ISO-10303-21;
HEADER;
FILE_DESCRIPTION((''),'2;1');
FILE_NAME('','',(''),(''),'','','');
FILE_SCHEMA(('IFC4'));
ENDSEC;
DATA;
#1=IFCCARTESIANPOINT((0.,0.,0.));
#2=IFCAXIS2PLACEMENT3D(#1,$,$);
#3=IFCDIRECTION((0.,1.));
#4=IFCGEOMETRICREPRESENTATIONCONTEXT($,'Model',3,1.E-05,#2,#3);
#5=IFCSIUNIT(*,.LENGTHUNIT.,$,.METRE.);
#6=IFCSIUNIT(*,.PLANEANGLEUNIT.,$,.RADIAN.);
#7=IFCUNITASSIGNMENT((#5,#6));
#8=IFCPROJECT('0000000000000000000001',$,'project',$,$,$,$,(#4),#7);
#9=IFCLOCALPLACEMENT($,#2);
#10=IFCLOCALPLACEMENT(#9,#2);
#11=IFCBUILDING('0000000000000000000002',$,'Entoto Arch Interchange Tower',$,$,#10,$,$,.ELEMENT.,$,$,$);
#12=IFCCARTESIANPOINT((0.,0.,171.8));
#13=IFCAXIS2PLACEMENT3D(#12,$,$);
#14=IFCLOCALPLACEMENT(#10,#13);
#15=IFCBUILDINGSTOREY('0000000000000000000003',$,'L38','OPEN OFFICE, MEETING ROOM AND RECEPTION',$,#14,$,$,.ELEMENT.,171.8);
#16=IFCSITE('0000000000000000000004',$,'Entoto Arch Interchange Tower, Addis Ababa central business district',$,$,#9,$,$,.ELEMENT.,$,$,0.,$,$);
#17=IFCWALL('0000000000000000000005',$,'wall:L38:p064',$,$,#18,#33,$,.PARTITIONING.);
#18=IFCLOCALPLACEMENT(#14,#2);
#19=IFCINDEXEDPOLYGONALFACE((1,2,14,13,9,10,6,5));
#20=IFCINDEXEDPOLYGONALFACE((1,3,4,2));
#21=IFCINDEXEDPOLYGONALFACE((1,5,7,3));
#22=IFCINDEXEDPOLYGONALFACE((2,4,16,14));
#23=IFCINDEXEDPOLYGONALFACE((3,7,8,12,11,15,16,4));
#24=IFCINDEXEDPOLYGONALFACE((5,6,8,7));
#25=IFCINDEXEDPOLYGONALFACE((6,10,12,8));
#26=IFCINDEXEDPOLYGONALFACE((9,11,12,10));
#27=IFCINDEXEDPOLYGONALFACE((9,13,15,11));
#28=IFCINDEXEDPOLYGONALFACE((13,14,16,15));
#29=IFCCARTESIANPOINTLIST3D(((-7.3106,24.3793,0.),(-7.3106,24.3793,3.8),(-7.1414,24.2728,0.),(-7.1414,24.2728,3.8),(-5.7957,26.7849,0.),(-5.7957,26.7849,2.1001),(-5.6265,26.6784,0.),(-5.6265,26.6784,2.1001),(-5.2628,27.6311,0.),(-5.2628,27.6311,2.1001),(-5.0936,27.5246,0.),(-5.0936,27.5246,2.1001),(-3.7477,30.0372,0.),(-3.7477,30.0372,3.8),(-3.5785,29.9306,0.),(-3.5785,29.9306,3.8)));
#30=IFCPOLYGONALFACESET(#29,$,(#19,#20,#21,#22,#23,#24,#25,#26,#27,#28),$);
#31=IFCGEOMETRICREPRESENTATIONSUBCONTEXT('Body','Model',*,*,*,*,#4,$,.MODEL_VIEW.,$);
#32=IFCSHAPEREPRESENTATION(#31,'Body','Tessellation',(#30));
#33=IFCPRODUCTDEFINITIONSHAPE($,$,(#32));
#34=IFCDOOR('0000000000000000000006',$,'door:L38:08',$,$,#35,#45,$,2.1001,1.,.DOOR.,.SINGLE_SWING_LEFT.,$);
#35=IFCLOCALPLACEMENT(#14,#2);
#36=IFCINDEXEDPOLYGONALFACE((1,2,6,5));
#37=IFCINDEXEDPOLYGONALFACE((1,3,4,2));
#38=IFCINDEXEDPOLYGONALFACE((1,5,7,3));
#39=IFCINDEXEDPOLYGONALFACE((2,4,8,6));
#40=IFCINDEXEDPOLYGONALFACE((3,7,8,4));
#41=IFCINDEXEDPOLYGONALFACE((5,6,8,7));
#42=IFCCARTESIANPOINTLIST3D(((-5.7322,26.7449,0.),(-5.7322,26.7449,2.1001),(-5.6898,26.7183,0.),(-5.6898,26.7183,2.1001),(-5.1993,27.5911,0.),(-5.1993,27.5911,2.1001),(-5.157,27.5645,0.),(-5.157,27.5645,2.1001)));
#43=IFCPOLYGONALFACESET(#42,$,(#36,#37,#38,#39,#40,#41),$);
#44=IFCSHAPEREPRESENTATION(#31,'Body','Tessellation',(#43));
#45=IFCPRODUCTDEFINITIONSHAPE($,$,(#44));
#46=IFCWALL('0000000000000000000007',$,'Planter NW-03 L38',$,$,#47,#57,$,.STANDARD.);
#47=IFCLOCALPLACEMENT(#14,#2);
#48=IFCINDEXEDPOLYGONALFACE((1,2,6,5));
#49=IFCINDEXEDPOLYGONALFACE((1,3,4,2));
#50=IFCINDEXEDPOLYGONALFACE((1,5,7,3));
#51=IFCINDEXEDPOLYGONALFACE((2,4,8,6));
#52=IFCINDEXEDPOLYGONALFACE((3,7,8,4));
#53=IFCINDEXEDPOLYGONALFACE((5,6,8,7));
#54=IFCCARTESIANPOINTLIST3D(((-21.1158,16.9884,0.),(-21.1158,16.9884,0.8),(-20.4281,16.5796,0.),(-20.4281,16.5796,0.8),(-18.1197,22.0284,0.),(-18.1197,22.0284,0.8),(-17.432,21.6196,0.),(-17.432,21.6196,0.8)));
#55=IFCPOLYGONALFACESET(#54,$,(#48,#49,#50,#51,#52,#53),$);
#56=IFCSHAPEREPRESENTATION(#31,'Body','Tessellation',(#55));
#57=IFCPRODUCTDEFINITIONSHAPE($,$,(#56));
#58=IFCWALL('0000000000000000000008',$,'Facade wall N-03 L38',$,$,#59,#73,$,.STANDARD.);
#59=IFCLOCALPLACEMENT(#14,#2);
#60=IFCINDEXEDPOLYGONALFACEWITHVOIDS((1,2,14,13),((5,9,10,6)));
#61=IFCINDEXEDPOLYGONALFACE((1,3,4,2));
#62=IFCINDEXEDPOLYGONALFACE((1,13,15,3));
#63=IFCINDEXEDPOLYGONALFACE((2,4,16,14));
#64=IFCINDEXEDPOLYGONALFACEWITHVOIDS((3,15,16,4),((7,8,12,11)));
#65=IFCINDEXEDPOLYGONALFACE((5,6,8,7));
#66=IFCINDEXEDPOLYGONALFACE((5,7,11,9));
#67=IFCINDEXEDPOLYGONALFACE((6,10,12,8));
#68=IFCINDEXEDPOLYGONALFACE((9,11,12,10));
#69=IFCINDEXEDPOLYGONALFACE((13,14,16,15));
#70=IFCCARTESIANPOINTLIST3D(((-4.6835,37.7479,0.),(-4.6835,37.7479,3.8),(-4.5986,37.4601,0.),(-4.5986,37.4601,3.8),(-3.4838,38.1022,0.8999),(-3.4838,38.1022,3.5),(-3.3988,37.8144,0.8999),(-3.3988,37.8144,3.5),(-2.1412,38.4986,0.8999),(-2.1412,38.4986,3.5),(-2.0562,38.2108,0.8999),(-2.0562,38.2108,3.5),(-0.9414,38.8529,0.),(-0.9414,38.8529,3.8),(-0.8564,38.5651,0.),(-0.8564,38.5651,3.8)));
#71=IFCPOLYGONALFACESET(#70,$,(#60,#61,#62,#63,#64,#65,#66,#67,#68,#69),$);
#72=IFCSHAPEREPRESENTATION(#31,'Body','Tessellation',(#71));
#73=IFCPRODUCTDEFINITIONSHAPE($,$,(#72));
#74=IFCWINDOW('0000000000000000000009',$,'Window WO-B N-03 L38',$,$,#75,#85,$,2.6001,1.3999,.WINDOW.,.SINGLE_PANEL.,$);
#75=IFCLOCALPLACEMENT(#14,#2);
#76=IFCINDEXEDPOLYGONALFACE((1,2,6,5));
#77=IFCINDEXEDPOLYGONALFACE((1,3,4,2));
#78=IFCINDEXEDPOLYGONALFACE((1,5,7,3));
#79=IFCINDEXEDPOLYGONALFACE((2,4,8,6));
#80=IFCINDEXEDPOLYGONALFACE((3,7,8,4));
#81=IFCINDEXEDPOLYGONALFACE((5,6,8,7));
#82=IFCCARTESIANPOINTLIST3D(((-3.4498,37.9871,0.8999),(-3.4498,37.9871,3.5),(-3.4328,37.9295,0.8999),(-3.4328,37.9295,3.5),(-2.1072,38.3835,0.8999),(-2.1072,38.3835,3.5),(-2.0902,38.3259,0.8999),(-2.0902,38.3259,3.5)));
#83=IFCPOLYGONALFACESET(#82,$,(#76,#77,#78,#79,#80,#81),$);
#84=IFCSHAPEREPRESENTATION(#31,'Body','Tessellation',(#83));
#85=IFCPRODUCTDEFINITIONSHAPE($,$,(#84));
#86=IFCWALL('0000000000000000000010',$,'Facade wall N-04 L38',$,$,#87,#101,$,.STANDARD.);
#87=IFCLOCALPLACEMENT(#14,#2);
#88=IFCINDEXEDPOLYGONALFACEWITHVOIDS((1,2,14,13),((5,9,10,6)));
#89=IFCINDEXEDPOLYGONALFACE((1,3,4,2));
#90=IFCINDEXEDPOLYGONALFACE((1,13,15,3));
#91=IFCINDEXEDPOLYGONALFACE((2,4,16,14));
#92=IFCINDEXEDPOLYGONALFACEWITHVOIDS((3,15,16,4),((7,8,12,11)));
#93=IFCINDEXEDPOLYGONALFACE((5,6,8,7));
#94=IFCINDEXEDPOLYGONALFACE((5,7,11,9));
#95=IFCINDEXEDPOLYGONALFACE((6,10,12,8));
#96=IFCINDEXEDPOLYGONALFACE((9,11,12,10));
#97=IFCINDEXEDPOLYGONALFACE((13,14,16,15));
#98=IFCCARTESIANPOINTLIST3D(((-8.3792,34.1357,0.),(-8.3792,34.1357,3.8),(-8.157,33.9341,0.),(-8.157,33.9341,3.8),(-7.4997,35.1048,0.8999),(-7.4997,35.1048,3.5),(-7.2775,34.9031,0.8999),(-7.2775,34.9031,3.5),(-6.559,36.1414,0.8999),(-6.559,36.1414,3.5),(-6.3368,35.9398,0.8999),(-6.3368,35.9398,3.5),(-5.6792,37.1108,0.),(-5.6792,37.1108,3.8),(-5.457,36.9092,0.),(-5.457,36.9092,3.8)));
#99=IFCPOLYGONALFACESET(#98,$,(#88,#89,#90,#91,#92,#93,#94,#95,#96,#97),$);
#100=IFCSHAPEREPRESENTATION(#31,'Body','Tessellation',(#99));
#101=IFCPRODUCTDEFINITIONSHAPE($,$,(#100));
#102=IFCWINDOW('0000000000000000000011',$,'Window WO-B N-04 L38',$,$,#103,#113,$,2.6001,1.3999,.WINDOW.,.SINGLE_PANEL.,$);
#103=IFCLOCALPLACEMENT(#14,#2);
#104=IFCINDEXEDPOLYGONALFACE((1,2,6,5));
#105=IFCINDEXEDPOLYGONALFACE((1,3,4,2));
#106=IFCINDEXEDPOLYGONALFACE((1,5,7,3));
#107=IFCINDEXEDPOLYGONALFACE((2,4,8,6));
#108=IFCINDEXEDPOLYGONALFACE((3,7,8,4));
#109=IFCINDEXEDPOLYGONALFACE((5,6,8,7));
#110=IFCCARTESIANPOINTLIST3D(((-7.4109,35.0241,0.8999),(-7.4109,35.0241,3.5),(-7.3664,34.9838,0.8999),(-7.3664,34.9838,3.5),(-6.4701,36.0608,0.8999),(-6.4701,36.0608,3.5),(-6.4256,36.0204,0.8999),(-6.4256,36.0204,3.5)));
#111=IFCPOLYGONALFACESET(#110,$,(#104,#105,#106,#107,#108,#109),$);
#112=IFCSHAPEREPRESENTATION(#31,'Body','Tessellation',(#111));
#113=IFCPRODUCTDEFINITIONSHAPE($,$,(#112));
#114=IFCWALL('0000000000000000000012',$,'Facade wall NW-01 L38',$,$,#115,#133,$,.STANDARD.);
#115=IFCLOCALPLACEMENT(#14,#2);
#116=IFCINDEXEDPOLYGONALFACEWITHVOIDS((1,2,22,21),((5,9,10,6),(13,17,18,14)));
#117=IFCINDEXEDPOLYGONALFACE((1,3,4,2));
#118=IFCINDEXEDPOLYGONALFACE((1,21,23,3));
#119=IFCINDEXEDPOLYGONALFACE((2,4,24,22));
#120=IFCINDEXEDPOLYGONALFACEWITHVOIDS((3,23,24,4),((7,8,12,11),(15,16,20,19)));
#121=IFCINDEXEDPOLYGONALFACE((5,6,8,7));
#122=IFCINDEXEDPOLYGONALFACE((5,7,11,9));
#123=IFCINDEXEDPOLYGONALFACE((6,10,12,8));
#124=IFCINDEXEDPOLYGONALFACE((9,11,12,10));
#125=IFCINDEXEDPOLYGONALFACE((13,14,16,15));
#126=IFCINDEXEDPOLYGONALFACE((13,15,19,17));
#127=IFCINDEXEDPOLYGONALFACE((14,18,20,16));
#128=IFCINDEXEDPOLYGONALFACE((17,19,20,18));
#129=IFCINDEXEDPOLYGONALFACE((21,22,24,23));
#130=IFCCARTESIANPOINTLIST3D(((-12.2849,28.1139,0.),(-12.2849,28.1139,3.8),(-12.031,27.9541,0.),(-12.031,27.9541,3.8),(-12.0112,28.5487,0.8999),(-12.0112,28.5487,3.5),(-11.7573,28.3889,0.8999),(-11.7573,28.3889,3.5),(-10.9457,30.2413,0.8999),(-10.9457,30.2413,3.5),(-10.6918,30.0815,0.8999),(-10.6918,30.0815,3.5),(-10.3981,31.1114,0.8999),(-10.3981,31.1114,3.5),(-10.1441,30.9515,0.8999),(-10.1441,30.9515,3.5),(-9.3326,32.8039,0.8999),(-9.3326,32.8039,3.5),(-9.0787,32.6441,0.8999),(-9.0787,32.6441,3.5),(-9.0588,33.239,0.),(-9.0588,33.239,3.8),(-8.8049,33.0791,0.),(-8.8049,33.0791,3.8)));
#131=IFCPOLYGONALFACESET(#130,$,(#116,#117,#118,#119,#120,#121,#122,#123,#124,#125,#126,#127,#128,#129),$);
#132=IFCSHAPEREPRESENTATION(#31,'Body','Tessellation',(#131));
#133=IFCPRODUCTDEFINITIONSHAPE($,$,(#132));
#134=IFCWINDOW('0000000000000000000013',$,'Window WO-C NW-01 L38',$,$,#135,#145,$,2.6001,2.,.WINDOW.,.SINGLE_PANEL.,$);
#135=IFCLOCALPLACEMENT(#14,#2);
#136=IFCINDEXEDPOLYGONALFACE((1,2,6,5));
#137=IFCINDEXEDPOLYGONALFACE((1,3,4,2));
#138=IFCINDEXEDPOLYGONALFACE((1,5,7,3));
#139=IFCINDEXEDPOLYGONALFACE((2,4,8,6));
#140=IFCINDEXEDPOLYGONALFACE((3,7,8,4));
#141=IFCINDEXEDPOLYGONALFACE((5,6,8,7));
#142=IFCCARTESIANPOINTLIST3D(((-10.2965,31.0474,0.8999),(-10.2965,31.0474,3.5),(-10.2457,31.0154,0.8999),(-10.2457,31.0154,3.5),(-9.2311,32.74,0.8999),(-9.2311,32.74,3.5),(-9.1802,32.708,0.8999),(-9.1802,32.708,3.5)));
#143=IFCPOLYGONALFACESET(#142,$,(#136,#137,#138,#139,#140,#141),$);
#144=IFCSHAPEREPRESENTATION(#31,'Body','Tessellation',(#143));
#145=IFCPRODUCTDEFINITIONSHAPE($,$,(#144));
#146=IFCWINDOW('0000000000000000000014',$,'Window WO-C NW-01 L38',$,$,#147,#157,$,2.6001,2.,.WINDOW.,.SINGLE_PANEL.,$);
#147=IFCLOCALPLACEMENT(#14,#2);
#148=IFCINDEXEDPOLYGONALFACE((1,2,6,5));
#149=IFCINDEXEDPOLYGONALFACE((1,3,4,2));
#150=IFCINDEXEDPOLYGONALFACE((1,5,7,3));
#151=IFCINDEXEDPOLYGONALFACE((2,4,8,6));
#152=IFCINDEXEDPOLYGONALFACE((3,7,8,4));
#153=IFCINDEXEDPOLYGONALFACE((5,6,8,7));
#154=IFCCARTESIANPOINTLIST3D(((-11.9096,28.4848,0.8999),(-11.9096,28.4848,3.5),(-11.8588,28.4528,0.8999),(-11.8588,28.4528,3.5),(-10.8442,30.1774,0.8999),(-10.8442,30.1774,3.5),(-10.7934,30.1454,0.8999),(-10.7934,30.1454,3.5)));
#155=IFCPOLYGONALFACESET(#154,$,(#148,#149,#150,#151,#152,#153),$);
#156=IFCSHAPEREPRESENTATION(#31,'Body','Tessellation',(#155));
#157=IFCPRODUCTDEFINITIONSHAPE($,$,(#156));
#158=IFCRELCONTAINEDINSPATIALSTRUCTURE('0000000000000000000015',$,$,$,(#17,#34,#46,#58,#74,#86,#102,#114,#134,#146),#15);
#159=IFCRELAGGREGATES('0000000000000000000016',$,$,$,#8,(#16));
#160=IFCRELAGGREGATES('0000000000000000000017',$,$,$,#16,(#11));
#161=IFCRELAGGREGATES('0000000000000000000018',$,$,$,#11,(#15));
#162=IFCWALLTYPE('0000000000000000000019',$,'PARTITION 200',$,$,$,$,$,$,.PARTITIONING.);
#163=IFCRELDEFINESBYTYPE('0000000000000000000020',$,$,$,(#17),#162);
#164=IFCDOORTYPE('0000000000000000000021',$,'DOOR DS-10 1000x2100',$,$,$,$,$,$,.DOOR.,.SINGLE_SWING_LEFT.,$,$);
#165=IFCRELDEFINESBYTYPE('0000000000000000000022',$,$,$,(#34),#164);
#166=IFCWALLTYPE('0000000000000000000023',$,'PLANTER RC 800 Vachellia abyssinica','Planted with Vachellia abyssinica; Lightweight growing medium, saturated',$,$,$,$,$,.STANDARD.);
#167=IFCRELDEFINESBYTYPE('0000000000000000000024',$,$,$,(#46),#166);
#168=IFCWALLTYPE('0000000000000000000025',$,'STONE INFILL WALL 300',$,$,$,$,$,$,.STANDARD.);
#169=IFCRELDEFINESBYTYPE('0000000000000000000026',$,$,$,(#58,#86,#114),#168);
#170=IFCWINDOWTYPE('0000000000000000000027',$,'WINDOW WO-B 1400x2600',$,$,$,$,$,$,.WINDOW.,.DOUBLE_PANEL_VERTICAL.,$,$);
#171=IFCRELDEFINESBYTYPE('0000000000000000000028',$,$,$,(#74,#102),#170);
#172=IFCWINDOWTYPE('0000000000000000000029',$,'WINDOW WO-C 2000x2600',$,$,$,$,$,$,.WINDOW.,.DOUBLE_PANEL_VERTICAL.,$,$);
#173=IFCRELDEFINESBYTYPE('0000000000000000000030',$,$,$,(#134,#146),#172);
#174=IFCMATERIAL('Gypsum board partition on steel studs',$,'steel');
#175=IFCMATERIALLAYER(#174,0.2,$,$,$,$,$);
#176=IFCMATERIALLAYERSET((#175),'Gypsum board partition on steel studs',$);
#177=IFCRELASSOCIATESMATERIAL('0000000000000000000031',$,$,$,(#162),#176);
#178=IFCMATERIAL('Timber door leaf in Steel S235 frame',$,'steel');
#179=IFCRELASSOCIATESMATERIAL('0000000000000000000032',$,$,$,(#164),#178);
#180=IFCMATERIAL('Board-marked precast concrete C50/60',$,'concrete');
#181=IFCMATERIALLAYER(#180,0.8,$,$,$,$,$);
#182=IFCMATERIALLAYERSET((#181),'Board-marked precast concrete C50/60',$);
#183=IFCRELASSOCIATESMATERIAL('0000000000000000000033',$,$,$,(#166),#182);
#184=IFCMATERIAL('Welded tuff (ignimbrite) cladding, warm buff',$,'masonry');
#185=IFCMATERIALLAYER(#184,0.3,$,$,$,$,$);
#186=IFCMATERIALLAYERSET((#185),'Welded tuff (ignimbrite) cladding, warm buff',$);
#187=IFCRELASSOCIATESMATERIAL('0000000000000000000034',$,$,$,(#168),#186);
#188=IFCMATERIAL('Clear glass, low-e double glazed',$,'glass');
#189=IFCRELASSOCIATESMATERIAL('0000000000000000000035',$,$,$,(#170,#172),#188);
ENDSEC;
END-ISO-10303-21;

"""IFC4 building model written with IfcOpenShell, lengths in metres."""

from ifc_helpers import new_model, si_unit, direction, frame, frame_2d, origin, place, context, subcontext, project, spatial, rectangle, extrude, material, layer, layer_set, type_object, element, fill, save


model = new_model("IFC4")

# Units and contexts
model_context = context("Model", 3, precision=1e-05, world=origin(), true_north=direction((0.0, 1.0)))
body_context = subcontext(model_context, "Body", "Model", "MODEL_VIEW")
ifc_project = project(units=[si_unit("LENGTHUNIT", "METRE"), si_unit("PLANEANGLEUNIT", "RADIAN")], contexts=[model_context])

# Site, building, storey
site_placement = place(None, origin())
site = spatial("IfcSite", under=ifc_project, at=site_placement, Name="Entoto Arch Interchange Tower, Addis Ababa central business district", CompositionType="ELEMENT", RefElevation=0.0)
building_placement = place(site_placement, origin())
building = spatial("IfcBuilding", under=site, at=building_placement, Name="Entoto Arch Interchange Tower", CompositionType="ELEMENT")
storey_placement = place(building_placement, frame((0.0, 0.0, 171.8)))
storey = spatial("IfcBuildingStorey", under=building, at=storey_placement, Name="L38", Description="OPEN OFFICE, MEETING ROOM AND RECEPTION", CompositionType="ELEMENT", Elevation=171.8)

# Shared definitions
ifc_material_1 = material(Name="Gypsum board partition on steel studs", Category="steel")
ifc_layer_1 = layer(ifc_material_1, 0.2)
ifc_layer_set_1 = layer_set([ifc_layer_1], Name="Gypsum board partition on steel studs")
wall_type_1 = type_object("IfcWallType", Name="PARTITION 200", PredefinedType="PARTITIONING", material=ifc_layer_set_1)

# Wall, opening, door
wall_1_placement = place(storey_placement, frame((-7.2261, 24.3259, 0.0), z_axis=(0.0, 0.0, 1.0), x_axis=(0.532874, 0.846194, 0.0)))
wall_1 = element("IfcWall", 1, at=wall_1_placement, inside=storey, type_object=wall_type_1, Name="wall:L38:p064", PredefinedType="PARTITIONING", context=body_context, shape_type="SweptSolid", body=[
    extrude(rectangle(XDim=6.6863, YDim=0.2, at=frame_2d((3.3433, 0.0))), origin(), (0.0, 0.0, 1.0), 3.8),
])
opening_1_placement = place(wall_1_placement, frame((2.843, 0.0, 0.0)))
opening_1 = element("IfcOpeningElement", 2, at=opening_1_placement, cuts=wall_1, PredefinedType="OPENING", context=body_context, shape_type="SweptSolid", body=[
    extrude(rectangle(XDim=1.0, YDim=2.1001, at=frame_2d((0.5, 1.05))), frame((0.0, 0.1099, 0.0), z_axis=(0.0, -1.0, 0.0), x_axis=(1.0, 0.0, 0.0)), (0.0, 0.0, 1.0), 0.22),
])
ifc_material_2 = material(Name="Timber door leaf in Steel S235 frame", Category="steel")
door_type = type_object("IfcDoorType", Name="DOOR DS-10 1000x2100", OperationType="SINGLE_SWING_LEFT", PredefinedType="DOOR", material=ifc_material_2)
door_placement = place(opening_1_placement, origin())
door = element("IfcDoor", 3, at=door_placement, inside=storey, type_object=door_type, Name="door:L38:08", OperationType="SINGLE_SWING_LEFT", OverallHeight=2.1001, OverallWidth=1.0, PredefinedType="DOOR", context=body_context, shape_type="SweptSolid", body=[
    extrude(rectangle(XDim=1.0, YDim=2.1001, at=frame_2d((0.5, 1.05))), frame((0.0, 0.0249, 0.0), z_axis=(0.0, -1.0, 0.0), x_axis=(1.0, 0.0, 0.0)), (0.0, 0.0, 1.0), 0.05),
])
fill(opening_1, door)

# Wall
ifc_material_3 = material(Name="Board-marked precast concrete C50/60", Category="concrete")
ifc_layer_2 = layer(ifc_material_3, 0.8)
ifc_layer_set_2 = layer_set([ifc_layer_2], Name="Board-marked precast concrete C50/60")
wall_type_2 = type_object("IfcWallType", Name="PLANTER RC 800 Vachellia abyssinica", Description="Planted with Vachellia abyssinica; Lightweight growing medium, saturated", PredefinedType="STANDARD", material=ifc_layer_set_2)
wall_2_placement = place(storey_placement, frame((-17.7759, 21.824, 0.0), z_axis=(0.0, 0.0, 1.0), x_axis=(-0.510989, -0.859587, 0.0)))
element("IfcWall", 4, at=wall_2_placement, inside=storey, type_object=wall_type_2, Name="Planter NW-03 L38", PredefinedType="STANDARD", context=body_context, shape_type="SweptSolid", body=[
    extrude(rectangle(XDim=5.8633, YDim=0.8, at=frame_2d((2.9316, 0.0))), origin(), (0.0, 0.0, 1.0), 0.8),
])

# Walls, openings, windows
ifc_material_4 = material(Name="Welded tuff (ignimbrite) cladding, warm buff", Category="masonry")
ifc_layer_3 = layer(ifc_material_4, 0.3)
ifc_layer_set_3 = layer_set([ifc_layer_3], Name="Welded tuff (ignimbrite) cladding, warm buff")
wall_type_3 = type_object("IfcWallType", Name="STONE INFILL WALL 300", PredefinedType="STANDARD", material=ifc_layer_set_3)
wall_3_placement = place(storey_placement, frame((-0.8989, 38.709, 0.0), z_axis=(0.0, 0.0, 1.0), x_axis=(-0.959064, -0.283189, 0.0)))
wall_3 = element("IfcWall", 5, at=wall_3_placement, inside=storey, type_object=wall_type_3, Name="Facade wall N-03 L38", PredefinedType="STANDARD", context=body_context, shape_type="SweptSolid", body=[
    extrude(rectangle(XDim=3.9019, YDim=0.3, at=frame_2d((1.9509, 0.0))), origin(), (0.0, 0.0, 1.0), 3.8),
])
opening_2_placement = place(wall_3_placement, frame((1.251, 0.0, 0.8999)))
opening_2 = element("IfcOpeningElement", 6, at=opening_2_placement, cuts=wall_3, PredefinedType="OPENING", context=body_context, shape_type="SweptSolid", body=[
    extrude(rectangle(XDim=1.3999, YDim=2.6001, at=frame_2d((0.7, 1.3))), frame((0.0, 0.1602, 0.0), z_axis=(0.0, -1.0, 0.0), x_axis=(1.0, 0.0, 0.0)), (0.0, 0.0, 1.0), 0.3201),
])
ifc_material_5 = material(Name="Clear glass, low-e double glazed", Category="glass")
window_type_1 = type_object("IfcWindowType", Name="WINDOW WO-B 1400x2600", PartitioningType="DOUBLE_PANEL_VERTICAL", PredefinedType="WINDOW", material=ifc_material_5)
window_1_placement = place(opening_2_placement, origin())
window_1 = element("IfcWindow", 7, at=window_1_placement, inside=storey, type_object=window_type_1, Name="Window WO-B N-03 L38", OverallHeight=2.6001, OverallWidth=1.3999, PartitioningType="SINGLE_PANEL", PredefinedType="WINDOW", context=body_context, shape_type="SweptSolid", body=[
    extrude(rectangle(XDim=1.3999, YDim=2.6001, at=frame_2d((0.7, 1.3))), frame((0.0, 0.03, 0.0), z_axis=(0.0, -1.0, 0.0), x_axis=(1.0, 0.0, 0.0)), (0.0, 0.0, 1.0), 0.0601),
])
fill(opening_2, window_1)
wall_4_placement = place(storey_placement, frame((-5.5681, 37.01, 0.0), z_axis=(0.0, 0.0, 1.0), x_axis=(-0.672034, -0.74052, 0.0)))
wall_4 = element("IfcWall", 8, at=wall_4_placement, inside=storey, type_object=wall_type_3, Name="Facade wall N-04 L38", PredefinedType="STANDARD", context=body_context, shape_type="SweptSolid", body=[
    extrude(rectangle(XDim=4.0176, YDim=0.3, at=frame_2d((2.0088, 0.0))), origin(), (0.0, 0.0, 1.0), 3.8),
])
opening_3_placement = place(wall_4_placement, frame((1.3091, 0.0, 0.8999)))
opening_3 = element("IfcOpeningElement", 9, at=opening_3_placement, cuts=wall_4, PredefinedType="OPENING", context=body_context, shape_type="SweptSolid", body=[
    extrude(rectangle(XDim=1.3999, YDim=2.6001, at=frame_2d((0.7, 1.3))), frame((0.0, 0.1602, 0.0), z_axis=(0.0, -1.0, 0.0), x_axis=(1.0, 0.0, 0.0)), (0.0, 0.0, 1.0), 0.3201),
])
window_2_placement = place(opening_3_placement, origin())
window_2 = element("IfcWindow", 10, at=window_2_placement, inside=storey, type_object=window_type_1, Name="Window WO-B N-04 L38", OverallHeight=2.6001, OverallWidth=1.3999, PartitioningType="SINGLE_PANEL", PredefinedType="WINDOW", context=body_context, shape_type="SweptSolid", body=[
    extrude(rectangle(XDim=1.3999, YDim=2.6001, at=frame_2d((0.7, 1.3))), frame((0.0, 0.03, 0.0), z_axis=(0.0, -1.0, 0.0), x_axis=(1.0, 0.0, 0.0)), (0.0, 0.0, 1.0), 0.0601),
])
fill(opening_3, window_2)

# Wall, openings, windows
wall_5_placement = place(storey_placement, frame((-8.9319, 33.1589, 0.0), z_axis=(0.0, 0.0, 1.0), x_axis=(-0.532721, -0.846291, 0.0)))
wall_5 = element("IfcWall", 11, at=wall_5_placement, inside=storey, type_object=wall_type_3, Name="Facade wall NW-01 L38", PredefinedType="STANDARD", context=body_context, shape_type="SweptSolid", body=[
    extrude(rectangle(XDim=6.0559, YDim=0.3, at=frame_2d((3.0278, 0.0))), origin(), (0.0, 0.0, 1.0), 3.8),
])
opening_4_placement = place(wall_5_placement, frame((0.5139, 0.0, 0.8999)))
opening_4 = element("IfcOpeningElement", 12, at=opening_4_placement, cuts=wall_5, PredefinedType="OPENING", context=body_context, shape_type="SweptSolid", body=[
    extrude(rectangle(XDim=2.0, YDim=2.6001, at=frame_2d((1.0, 1.3))), frame((0.0, 0.1602, 0.0), z_axis=(0.0, -1.0, 0.0), x_axis=(1.0, 0.0, 0.0)), (0.0, 0.0, 1.0), 0.3201),
])
opening_5_placement = place(wall_5_placement, frame((3.542, 0.0, 0.8999)))
opening_5 = element("IfcOpeningElement", 13, at=opening_5_placement, cuts=wall_5, PredefinedType="OPENING", context=body_context, shape_type="SweptSolid", body=[
    extrude(rectangle(XDim=2.0, YDim=2.6001, at=frame_2d((1.0, 1.3))), frame((0.0, 0.1602, 0.0), z_axis=(0.0, -1.0, 0.0), x_axis=(1.0, 0.0, 0.0)), (0.0, 0.0, 1.0), 0.3201),
])
window_type_2 = type_object("IfcWindowType", Name="WINDOW WO-C 2000x2600", PartitioningType="DOUBLE_PANEL_VERTICAL", PredefinedType="WINDOW", material=ifc_material_5)
window_3_placement = place(opening_4_placement, origin())
window_3 = element("IfcWindow", 14, at=window_3_placement, inside=storey, type_object=window_type_2, Name="Window WO-C NW-01 L38", OverallHeight=2.6001, OverallWidth=2.0, PartitioningType="SINGLE_PANEL", PredefinedType="WINDOW", context=body_context, shape_type="SweptSolid", body=[
    extrude(rectangle(XDim=2.0, YDim=2.6001, at=frame_2d((1.0, 1.3))), frame((0.0, 0.03, 0.0), z_axis=(0.0, -1.0, 0.0), x_axis=(1.0, 0.0, 0.0)), (0.0, 0.0, 1.0), 0.0601),
])
fill(opening_4, window_3)
window_4_placement = place(opening_5_placement, origin())
window_4 = element("IfcWindow", 15, at=window_4_placement, inside=storey, type_object=window_type_2, Name="Window WO-C NW-01 L38", OverallHeight=2.6001, OverallWidth=2.0, PartitioningType="SINGLE_PANEL", PredefinedType="WINDOW", context=body_context, shape_type="SweptSolid", body=[
    extrude(rectangle(XDim=2.0, YDim=2.6001, at=frame_2d((1.0, 1.3))), frame((0.0, 0.03, 0.0), z_axis=(0.0, -1.0, 0.0), x_axis=(1.0, 0.0, 0.0)), (0.0, 0.0, 1.0), 0.0601),
])
fill(opening_5, window_4)

save(model, "model.ifc")
